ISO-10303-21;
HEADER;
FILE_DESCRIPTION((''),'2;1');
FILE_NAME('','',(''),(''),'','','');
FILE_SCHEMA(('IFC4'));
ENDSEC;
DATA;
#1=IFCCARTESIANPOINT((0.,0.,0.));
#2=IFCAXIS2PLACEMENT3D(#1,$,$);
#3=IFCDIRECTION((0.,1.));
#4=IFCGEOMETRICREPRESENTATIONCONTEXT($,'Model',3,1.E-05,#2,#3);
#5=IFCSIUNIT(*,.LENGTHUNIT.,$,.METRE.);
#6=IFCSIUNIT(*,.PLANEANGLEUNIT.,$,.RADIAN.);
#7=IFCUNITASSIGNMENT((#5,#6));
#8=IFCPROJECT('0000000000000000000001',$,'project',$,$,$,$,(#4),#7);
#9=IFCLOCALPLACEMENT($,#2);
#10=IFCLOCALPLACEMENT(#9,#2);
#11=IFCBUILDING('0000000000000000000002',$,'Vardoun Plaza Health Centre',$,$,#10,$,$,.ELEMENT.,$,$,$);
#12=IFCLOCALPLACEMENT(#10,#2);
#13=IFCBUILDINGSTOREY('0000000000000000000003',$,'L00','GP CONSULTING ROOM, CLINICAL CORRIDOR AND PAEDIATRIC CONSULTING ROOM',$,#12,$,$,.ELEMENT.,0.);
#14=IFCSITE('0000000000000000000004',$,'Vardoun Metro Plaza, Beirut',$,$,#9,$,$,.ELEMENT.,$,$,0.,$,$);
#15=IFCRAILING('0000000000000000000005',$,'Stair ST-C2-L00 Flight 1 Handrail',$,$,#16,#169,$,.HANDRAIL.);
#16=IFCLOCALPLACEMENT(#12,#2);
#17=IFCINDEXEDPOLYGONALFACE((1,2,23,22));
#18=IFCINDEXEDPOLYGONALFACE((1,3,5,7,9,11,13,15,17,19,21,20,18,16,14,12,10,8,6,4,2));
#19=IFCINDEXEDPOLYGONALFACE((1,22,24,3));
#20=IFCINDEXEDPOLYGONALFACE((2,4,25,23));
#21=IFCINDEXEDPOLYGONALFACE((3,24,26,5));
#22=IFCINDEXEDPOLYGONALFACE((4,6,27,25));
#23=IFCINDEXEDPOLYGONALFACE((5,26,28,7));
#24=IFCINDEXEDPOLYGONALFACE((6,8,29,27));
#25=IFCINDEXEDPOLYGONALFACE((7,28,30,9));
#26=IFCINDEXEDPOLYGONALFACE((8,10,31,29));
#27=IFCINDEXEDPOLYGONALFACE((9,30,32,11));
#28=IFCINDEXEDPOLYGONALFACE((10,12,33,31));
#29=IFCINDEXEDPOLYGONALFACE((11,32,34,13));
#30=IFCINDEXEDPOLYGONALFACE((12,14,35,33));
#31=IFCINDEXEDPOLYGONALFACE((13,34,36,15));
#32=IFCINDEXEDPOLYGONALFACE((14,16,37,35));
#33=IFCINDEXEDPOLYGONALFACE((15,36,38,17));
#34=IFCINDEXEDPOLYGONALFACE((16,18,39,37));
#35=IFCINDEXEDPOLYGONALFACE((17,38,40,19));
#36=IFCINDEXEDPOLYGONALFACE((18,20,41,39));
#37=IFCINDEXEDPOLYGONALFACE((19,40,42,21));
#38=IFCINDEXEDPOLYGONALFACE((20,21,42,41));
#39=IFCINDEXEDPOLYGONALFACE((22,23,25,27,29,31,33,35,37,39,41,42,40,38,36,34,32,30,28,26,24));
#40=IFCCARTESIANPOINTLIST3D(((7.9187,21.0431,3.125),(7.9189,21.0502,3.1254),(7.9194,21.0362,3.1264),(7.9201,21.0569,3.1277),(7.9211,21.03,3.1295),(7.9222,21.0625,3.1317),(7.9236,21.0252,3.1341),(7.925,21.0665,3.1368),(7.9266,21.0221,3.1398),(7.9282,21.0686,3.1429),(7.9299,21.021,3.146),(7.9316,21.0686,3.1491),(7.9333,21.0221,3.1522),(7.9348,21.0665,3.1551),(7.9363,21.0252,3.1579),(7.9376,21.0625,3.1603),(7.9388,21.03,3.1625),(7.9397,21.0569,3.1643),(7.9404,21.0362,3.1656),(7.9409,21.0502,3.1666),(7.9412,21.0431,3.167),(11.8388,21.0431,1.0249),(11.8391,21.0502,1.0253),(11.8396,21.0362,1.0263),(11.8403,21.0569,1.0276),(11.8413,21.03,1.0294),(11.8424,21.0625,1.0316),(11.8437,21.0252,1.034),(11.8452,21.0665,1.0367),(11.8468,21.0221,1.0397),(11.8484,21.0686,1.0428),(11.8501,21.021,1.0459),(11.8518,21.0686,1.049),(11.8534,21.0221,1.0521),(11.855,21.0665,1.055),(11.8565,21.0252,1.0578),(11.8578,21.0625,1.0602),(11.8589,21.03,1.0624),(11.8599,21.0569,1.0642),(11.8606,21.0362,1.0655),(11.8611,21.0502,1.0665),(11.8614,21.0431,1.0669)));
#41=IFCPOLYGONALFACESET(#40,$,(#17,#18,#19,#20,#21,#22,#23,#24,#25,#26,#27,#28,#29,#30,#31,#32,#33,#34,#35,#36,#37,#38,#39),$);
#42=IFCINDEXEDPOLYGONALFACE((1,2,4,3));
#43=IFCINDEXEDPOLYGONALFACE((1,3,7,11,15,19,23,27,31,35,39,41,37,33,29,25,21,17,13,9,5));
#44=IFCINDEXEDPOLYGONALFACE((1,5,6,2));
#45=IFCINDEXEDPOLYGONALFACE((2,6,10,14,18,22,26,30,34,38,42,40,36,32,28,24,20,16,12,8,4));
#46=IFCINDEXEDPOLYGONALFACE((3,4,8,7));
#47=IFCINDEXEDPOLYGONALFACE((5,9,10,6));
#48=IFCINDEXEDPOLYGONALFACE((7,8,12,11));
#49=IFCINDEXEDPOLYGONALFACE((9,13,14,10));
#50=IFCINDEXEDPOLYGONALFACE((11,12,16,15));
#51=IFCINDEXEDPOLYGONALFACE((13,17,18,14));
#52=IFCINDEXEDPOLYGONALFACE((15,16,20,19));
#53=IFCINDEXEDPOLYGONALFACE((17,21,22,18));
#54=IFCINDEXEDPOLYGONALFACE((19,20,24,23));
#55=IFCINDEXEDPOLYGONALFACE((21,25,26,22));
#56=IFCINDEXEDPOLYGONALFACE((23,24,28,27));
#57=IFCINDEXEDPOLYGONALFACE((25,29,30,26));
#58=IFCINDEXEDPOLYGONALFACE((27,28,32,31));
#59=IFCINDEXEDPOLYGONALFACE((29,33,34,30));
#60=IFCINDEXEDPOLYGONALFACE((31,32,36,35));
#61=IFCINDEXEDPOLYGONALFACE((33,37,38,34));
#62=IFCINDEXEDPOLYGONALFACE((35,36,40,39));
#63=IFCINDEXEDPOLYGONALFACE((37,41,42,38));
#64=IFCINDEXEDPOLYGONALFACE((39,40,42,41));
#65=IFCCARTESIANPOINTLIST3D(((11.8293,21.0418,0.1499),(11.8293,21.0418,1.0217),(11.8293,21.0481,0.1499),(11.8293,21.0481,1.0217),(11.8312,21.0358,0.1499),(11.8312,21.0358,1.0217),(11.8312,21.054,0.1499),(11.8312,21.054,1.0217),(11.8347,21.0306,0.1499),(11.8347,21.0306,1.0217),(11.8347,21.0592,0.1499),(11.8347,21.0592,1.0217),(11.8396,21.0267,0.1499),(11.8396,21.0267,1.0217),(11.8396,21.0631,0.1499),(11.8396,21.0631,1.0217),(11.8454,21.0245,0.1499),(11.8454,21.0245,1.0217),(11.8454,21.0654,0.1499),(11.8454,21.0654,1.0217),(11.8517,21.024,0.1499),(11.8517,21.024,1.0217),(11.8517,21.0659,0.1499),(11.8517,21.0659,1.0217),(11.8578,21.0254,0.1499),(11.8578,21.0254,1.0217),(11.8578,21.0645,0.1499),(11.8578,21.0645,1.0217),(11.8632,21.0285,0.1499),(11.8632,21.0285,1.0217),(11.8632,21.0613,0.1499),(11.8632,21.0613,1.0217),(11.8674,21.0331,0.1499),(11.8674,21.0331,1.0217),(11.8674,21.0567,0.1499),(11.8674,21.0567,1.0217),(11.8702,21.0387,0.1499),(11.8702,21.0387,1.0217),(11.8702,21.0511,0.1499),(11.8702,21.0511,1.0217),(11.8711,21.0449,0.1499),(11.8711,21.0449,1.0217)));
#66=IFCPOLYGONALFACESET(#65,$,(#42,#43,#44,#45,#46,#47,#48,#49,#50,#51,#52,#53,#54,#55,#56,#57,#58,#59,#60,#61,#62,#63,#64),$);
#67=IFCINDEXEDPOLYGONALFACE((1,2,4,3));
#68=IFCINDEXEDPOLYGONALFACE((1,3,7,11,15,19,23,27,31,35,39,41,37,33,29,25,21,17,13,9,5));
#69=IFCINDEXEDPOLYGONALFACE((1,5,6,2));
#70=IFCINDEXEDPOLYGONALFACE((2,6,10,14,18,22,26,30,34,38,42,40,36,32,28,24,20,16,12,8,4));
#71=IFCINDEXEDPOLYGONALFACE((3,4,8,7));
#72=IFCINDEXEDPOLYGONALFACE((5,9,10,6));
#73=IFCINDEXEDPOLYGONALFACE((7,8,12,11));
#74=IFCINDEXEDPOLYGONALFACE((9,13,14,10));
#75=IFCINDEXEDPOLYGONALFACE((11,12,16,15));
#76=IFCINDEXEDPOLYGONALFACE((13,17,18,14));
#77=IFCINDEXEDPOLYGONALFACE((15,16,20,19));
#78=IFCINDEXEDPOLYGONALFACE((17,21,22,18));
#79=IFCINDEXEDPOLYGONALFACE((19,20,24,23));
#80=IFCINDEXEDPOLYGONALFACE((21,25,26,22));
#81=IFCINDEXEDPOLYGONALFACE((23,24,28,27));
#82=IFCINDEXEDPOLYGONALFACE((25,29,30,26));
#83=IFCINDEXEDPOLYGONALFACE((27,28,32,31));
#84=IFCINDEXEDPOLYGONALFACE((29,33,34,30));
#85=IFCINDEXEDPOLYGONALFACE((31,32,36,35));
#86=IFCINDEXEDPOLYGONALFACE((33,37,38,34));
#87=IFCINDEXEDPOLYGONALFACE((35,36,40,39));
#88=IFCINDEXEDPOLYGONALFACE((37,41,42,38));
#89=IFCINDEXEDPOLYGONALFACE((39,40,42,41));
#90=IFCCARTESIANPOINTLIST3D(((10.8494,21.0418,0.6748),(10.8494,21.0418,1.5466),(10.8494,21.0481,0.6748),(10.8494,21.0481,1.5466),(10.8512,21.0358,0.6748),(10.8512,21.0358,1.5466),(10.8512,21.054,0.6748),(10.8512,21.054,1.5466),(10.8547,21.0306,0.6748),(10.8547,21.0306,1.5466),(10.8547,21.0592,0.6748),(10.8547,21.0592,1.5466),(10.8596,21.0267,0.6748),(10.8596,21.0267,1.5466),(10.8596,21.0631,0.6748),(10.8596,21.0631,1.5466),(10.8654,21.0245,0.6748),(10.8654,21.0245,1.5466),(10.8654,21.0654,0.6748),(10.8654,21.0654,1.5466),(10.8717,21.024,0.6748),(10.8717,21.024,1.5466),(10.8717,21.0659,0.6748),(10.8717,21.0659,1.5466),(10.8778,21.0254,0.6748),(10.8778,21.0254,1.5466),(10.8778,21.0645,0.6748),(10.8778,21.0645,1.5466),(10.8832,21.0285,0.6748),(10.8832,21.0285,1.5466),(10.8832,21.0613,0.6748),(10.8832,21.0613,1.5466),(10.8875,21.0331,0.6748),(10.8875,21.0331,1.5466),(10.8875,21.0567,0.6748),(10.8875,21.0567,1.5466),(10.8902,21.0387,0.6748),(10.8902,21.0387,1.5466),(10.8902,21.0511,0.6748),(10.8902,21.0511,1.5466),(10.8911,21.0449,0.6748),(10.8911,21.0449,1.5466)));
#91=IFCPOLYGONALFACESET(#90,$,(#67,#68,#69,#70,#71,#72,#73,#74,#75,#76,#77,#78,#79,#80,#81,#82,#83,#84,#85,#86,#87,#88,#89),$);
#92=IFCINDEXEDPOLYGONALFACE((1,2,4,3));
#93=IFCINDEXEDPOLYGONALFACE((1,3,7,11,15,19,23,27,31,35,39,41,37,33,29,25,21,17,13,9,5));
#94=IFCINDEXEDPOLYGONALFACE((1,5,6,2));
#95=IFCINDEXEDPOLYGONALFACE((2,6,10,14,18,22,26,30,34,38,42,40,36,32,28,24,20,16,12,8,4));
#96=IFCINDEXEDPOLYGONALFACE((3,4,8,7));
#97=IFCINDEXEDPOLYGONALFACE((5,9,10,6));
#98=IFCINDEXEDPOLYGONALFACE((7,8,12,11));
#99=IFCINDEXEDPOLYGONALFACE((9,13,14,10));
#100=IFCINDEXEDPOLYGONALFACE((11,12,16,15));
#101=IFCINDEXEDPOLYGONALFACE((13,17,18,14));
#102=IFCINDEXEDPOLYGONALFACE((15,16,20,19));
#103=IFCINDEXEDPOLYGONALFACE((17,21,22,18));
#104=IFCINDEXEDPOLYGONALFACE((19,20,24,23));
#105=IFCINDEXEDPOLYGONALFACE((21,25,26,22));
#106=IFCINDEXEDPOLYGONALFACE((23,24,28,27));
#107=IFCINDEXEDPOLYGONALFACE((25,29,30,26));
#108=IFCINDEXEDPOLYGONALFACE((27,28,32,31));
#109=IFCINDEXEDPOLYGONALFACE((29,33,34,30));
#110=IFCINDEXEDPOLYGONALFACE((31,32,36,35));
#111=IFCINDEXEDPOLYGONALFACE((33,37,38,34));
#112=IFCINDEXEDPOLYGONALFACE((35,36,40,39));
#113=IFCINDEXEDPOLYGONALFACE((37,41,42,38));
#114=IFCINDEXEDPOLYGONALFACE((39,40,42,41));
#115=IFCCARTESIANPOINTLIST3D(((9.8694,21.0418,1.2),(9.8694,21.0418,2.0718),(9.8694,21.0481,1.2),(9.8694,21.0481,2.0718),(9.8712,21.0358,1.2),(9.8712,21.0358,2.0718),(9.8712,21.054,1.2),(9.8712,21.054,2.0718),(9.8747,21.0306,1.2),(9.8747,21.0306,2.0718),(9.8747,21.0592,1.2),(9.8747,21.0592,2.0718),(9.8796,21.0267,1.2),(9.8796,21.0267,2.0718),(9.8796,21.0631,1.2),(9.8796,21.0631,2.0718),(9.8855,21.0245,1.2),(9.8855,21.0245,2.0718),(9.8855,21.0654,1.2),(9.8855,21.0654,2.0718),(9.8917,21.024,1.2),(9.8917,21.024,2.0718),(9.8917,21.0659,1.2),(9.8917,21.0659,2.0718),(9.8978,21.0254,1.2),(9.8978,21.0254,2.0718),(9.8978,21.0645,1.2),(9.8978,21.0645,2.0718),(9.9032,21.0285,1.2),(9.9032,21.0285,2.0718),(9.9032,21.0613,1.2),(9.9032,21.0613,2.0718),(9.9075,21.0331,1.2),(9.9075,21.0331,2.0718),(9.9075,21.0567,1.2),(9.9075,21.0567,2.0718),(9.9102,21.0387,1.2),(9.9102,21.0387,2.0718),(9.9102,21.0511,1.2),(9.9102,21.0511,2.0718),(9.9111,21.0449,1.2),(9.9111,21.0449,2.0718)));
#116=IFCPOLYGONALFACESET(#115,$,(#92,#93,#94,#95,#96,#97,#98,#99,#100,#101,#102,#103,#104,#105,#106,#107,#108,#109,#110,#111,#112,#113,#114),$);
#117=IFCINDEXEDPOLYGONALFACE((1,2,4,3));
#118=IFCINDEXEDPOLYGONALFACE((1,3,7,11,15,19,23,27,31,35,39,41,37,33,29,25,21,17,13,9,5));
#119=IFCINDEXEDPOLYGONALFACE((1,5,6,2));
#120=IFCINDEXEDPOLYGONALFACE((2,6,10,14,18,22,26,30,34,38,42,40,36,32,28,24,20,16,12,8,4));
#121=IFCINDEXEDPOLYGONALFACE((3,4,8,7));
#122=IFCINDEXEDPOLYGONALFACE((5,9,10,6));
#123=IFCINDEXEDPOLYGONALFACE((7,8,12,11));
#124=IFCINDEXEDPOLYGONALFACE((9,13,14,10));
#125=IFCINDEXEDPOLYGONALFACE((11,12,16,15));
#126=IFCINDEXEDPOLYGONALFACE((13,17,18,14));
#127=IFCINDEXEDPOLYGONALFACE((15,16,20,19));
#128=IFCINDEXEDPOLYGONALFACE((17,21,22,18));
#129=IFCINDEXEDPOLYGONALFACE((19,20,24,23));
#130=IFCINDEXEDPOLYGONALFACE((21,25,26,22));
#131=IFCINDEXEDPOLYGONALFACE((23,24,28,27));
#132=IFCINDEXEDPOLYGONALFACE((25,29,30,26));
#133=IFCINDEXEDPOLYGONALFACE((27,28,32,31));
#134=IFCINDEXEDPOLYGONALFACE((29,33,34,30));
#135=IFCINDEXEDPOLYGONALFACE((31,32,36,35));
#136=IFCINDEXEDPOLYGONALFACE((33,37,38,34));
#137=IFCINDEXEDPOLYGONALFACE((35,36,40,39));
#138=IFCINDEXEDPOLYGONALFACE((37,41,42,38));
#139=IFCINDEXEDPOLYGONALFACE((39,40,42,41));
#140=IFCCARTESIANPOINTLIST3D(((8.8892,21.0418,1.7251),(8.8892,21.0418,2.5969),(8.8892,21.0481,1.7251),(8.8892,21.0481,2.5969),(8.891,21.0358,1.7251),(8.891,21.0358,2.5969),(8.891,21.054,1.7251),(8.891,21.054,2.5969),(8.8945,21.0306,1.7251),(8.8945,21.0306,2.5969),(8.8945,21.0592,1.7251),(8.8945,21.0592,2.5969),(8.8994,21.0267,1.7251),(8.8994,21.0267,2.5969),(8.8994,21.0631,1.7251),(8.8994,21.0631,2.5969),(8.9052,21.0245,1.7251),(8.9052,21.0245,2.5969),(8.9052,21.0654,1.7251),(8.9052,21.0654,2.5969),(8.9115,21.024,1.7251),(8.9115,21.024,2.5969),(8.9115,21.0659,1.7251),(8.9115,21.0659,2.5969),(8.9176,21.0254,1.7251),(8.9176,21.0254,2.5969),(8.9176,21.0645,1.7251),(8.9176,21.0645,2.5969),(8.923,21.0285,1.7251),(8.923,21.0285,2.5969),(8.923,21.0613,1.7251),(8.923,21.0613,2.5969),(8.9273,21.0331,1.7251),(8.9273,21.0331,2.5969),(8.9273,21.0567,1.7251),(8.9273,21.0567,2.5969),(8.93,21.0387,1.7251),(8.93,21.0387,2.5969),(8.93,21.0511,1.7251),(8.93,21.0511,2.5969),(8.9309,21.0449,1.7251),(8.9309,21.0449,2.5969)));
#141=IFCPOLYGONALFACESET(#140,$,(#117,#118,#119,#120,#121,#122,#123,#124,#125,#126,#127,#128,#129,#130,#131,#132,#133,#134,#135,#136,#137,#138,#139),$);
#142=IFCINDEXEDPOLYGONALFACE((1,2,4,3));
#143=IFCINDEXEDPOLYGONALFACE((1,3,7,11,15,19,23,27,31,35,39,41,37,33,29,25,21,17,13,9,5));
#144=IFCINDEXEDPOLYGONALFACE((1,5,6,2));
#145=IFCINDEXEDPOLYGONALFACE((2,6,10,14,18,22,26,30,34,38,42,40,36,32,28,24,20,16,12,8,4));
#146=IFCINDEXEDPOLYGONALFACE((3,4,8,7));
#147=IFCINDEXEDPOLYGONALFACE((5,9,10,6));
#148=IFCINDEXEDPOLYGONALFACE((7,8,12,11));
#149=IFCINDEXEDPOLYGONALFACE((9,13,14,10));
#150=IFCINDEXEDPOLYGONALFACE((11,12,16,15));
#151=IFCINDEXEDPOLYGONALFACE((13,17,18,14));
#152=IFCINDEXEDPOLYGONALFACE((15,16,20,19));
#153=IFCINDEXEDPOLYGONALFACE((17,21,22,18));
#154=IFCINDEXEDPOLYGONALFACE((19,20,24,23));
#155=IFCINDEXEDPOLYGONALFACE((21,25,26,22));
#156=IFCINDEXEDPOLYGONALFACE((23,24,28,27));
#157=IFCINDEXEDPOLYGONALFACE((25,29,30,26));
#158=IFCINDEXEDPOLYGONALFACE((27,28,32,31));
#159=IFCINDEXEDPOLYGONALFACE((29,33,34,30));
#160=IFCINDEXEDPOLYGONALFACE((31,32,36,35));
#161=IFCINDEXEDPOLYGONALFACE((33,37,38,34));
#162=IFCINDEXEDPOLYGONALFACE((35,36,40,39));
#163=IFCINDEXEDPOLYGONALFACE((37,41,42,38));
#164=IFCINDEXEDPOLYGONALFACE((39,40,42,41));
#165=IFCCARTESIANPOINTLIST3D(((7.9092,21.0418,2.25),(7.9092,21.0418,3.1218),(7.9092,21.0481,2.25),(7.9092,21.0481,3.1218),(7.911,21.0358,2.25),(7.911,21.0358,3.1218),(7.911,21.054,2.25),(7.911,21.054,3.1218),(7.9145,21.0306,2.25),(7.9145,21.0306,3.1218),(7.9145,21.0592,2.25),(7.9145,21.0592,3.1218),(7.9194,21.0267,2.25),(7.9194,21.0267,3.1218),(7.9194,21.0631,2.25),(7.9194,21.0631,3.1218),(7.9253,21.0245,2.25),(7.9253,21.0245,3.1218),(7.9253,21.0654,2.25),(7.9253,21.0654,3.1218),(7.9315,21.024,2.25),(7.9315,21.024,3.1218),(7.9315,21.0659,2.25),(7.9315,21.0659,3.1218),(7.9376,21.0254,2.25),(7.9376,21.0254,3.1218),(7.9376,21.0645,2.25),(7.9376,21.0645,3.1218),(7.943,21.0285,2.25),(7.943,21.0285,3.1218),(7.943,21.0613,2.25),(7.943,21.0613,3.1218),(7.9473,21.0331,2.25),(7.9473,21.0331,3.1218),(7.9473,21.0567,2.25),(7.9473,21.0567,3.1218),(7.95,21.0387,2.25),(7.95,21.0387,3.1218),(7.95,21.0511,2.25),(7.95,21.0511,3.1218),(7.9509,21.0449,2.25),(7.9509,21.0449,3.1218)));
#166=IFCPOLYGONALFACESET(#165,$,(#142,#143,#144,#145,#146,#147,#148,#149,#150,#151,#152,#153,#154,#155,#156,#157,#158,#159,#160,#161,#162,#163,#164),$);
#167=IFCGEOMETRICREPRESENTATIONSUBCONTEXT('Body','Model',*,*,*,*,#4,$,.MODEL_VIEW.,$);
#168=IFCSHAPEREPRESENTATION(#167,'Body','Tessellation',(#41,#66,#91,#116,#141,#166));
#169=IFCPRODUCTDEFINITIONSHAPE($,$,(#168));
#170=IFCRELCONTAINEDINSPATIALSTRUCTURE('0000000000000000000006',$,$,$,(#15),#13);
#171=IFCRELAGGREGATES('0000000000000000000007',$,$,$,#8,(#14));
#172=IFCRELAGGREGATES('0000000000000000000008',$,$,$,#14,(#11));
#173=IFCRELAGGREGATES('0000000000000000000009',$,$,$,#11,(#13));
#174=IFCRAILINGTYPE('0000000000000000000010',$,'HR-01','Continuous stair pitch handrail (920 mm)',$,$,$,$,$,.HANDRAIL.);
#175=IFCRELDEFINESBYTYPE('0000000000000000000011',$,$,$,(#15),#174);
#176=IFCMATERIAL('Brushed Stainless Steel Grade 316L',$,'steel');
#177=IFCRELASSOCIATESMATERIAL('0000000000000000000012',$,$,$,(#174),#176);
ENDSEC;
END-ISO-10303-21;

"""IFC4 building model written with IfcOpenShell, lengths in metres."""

from ifc_helpers import new_model, si_unit, direction, frame, origin, origin_2d, place, context, subcontext, project, spatial, circle, extrude, material, type_object, element, save


model = new_model("IFC4")

# Units and contexts
model_context = context("Model", 3, precision=1e-05, world=origin(), true_north=direction((0.0, 1.0)))
body_context = subcontext(model_context, "Body", "Model", "MODEL_VIEW")
ifc_project = project(units=[si_unit("LENGTHUNIT", "METRE"), si_unit("PLANEANGLEUNIT", "RADIAN")], contexts=[model_context])

# Site, building, storey
site_placement = place(None, origin())
site = spatial("IfcSite", under=ifc_project, at=site_placement, Name="Vardoun Metro Plaza, Beirut", CompositionType="ELEMENT", RefElevation=0.0)
building_placement = place(site_placement, origin())
building = spatial("IfcBuilding", under=site, at=building_placement, Name="Vardoun Plaza Health Centre", CompositionType="ELEMENT")
storey_placement = place(building_placement, origin())
storey = spatial("IfcBuildingStorey", under=building, at=storey_placement, Name="L00", Description="GP CONSULTING ROOM, CLINICAL CORRIDOR AND PAEDIATRIC CONSULTING ROOM", CompositionType="ELEMENT", Elevation=0.0)

# Railing
ifc_material_1 = material(Name="Brushed Stainless Steel Grade 316L", Category="steel")
railing_type_1 = type_object("IfcRailingType", Name="HR-01", Description="Continuous stair pitch handrail (920 mm)", PredefinedType="HANDRAIL", material=ifc_material_1)
railing_1_placement = place(storey_placement, frame((11.8501, 21.0449, 0.1499)))
element("IfcRailing", 1, at=railing_1_placement, inside=storey, type_object=railing_type_1, Name="Stair ST-C2-L00 Flight 1 Handrail", PredefinedType="HANDRAIL", context=body_context, shape_type="SweptSolid", body=[
    extrude(circle(Radius=0.0239, at=origin_2d()), frame((0.0, 0.0, 0.896), z_axis=(-0.881479, 0.0, 0.472223), x_axis=(0.0, -1.0, 0.0)), (0.0, 0.0, 1.0), 4.4473),
    extrude(circle(Radius=0.021, at=origin_2d()), origin(), (0.0, 0.0, 1.0), 0.8718),
    extrude(circle(Radius=0.021, at=origin_2d()), frame((-0.98, 0.0, 0.5249)), (0.0, 0.0, 1.0), 0.8718),
    extrude(circle(Radius=0.021, at=origin_2d()), frame((-1.96, 0.0, 1.05)), (0.0, 0.0, 1.0), 0.8718),
    extrude(circle(Radius=0.021, at=origin_2d()), frame((-2.9402, 0.0, 1.5752)), (0.0, 0.0, 1.0), 0.8718),
    extrude(circle(Radius=0.021, at=origin_2d()), frame((-3.9202, 0.0, 2.1001)), (0.0, 0.0, 1.0), 0.8718),
])

save(model, "model.ifc")
